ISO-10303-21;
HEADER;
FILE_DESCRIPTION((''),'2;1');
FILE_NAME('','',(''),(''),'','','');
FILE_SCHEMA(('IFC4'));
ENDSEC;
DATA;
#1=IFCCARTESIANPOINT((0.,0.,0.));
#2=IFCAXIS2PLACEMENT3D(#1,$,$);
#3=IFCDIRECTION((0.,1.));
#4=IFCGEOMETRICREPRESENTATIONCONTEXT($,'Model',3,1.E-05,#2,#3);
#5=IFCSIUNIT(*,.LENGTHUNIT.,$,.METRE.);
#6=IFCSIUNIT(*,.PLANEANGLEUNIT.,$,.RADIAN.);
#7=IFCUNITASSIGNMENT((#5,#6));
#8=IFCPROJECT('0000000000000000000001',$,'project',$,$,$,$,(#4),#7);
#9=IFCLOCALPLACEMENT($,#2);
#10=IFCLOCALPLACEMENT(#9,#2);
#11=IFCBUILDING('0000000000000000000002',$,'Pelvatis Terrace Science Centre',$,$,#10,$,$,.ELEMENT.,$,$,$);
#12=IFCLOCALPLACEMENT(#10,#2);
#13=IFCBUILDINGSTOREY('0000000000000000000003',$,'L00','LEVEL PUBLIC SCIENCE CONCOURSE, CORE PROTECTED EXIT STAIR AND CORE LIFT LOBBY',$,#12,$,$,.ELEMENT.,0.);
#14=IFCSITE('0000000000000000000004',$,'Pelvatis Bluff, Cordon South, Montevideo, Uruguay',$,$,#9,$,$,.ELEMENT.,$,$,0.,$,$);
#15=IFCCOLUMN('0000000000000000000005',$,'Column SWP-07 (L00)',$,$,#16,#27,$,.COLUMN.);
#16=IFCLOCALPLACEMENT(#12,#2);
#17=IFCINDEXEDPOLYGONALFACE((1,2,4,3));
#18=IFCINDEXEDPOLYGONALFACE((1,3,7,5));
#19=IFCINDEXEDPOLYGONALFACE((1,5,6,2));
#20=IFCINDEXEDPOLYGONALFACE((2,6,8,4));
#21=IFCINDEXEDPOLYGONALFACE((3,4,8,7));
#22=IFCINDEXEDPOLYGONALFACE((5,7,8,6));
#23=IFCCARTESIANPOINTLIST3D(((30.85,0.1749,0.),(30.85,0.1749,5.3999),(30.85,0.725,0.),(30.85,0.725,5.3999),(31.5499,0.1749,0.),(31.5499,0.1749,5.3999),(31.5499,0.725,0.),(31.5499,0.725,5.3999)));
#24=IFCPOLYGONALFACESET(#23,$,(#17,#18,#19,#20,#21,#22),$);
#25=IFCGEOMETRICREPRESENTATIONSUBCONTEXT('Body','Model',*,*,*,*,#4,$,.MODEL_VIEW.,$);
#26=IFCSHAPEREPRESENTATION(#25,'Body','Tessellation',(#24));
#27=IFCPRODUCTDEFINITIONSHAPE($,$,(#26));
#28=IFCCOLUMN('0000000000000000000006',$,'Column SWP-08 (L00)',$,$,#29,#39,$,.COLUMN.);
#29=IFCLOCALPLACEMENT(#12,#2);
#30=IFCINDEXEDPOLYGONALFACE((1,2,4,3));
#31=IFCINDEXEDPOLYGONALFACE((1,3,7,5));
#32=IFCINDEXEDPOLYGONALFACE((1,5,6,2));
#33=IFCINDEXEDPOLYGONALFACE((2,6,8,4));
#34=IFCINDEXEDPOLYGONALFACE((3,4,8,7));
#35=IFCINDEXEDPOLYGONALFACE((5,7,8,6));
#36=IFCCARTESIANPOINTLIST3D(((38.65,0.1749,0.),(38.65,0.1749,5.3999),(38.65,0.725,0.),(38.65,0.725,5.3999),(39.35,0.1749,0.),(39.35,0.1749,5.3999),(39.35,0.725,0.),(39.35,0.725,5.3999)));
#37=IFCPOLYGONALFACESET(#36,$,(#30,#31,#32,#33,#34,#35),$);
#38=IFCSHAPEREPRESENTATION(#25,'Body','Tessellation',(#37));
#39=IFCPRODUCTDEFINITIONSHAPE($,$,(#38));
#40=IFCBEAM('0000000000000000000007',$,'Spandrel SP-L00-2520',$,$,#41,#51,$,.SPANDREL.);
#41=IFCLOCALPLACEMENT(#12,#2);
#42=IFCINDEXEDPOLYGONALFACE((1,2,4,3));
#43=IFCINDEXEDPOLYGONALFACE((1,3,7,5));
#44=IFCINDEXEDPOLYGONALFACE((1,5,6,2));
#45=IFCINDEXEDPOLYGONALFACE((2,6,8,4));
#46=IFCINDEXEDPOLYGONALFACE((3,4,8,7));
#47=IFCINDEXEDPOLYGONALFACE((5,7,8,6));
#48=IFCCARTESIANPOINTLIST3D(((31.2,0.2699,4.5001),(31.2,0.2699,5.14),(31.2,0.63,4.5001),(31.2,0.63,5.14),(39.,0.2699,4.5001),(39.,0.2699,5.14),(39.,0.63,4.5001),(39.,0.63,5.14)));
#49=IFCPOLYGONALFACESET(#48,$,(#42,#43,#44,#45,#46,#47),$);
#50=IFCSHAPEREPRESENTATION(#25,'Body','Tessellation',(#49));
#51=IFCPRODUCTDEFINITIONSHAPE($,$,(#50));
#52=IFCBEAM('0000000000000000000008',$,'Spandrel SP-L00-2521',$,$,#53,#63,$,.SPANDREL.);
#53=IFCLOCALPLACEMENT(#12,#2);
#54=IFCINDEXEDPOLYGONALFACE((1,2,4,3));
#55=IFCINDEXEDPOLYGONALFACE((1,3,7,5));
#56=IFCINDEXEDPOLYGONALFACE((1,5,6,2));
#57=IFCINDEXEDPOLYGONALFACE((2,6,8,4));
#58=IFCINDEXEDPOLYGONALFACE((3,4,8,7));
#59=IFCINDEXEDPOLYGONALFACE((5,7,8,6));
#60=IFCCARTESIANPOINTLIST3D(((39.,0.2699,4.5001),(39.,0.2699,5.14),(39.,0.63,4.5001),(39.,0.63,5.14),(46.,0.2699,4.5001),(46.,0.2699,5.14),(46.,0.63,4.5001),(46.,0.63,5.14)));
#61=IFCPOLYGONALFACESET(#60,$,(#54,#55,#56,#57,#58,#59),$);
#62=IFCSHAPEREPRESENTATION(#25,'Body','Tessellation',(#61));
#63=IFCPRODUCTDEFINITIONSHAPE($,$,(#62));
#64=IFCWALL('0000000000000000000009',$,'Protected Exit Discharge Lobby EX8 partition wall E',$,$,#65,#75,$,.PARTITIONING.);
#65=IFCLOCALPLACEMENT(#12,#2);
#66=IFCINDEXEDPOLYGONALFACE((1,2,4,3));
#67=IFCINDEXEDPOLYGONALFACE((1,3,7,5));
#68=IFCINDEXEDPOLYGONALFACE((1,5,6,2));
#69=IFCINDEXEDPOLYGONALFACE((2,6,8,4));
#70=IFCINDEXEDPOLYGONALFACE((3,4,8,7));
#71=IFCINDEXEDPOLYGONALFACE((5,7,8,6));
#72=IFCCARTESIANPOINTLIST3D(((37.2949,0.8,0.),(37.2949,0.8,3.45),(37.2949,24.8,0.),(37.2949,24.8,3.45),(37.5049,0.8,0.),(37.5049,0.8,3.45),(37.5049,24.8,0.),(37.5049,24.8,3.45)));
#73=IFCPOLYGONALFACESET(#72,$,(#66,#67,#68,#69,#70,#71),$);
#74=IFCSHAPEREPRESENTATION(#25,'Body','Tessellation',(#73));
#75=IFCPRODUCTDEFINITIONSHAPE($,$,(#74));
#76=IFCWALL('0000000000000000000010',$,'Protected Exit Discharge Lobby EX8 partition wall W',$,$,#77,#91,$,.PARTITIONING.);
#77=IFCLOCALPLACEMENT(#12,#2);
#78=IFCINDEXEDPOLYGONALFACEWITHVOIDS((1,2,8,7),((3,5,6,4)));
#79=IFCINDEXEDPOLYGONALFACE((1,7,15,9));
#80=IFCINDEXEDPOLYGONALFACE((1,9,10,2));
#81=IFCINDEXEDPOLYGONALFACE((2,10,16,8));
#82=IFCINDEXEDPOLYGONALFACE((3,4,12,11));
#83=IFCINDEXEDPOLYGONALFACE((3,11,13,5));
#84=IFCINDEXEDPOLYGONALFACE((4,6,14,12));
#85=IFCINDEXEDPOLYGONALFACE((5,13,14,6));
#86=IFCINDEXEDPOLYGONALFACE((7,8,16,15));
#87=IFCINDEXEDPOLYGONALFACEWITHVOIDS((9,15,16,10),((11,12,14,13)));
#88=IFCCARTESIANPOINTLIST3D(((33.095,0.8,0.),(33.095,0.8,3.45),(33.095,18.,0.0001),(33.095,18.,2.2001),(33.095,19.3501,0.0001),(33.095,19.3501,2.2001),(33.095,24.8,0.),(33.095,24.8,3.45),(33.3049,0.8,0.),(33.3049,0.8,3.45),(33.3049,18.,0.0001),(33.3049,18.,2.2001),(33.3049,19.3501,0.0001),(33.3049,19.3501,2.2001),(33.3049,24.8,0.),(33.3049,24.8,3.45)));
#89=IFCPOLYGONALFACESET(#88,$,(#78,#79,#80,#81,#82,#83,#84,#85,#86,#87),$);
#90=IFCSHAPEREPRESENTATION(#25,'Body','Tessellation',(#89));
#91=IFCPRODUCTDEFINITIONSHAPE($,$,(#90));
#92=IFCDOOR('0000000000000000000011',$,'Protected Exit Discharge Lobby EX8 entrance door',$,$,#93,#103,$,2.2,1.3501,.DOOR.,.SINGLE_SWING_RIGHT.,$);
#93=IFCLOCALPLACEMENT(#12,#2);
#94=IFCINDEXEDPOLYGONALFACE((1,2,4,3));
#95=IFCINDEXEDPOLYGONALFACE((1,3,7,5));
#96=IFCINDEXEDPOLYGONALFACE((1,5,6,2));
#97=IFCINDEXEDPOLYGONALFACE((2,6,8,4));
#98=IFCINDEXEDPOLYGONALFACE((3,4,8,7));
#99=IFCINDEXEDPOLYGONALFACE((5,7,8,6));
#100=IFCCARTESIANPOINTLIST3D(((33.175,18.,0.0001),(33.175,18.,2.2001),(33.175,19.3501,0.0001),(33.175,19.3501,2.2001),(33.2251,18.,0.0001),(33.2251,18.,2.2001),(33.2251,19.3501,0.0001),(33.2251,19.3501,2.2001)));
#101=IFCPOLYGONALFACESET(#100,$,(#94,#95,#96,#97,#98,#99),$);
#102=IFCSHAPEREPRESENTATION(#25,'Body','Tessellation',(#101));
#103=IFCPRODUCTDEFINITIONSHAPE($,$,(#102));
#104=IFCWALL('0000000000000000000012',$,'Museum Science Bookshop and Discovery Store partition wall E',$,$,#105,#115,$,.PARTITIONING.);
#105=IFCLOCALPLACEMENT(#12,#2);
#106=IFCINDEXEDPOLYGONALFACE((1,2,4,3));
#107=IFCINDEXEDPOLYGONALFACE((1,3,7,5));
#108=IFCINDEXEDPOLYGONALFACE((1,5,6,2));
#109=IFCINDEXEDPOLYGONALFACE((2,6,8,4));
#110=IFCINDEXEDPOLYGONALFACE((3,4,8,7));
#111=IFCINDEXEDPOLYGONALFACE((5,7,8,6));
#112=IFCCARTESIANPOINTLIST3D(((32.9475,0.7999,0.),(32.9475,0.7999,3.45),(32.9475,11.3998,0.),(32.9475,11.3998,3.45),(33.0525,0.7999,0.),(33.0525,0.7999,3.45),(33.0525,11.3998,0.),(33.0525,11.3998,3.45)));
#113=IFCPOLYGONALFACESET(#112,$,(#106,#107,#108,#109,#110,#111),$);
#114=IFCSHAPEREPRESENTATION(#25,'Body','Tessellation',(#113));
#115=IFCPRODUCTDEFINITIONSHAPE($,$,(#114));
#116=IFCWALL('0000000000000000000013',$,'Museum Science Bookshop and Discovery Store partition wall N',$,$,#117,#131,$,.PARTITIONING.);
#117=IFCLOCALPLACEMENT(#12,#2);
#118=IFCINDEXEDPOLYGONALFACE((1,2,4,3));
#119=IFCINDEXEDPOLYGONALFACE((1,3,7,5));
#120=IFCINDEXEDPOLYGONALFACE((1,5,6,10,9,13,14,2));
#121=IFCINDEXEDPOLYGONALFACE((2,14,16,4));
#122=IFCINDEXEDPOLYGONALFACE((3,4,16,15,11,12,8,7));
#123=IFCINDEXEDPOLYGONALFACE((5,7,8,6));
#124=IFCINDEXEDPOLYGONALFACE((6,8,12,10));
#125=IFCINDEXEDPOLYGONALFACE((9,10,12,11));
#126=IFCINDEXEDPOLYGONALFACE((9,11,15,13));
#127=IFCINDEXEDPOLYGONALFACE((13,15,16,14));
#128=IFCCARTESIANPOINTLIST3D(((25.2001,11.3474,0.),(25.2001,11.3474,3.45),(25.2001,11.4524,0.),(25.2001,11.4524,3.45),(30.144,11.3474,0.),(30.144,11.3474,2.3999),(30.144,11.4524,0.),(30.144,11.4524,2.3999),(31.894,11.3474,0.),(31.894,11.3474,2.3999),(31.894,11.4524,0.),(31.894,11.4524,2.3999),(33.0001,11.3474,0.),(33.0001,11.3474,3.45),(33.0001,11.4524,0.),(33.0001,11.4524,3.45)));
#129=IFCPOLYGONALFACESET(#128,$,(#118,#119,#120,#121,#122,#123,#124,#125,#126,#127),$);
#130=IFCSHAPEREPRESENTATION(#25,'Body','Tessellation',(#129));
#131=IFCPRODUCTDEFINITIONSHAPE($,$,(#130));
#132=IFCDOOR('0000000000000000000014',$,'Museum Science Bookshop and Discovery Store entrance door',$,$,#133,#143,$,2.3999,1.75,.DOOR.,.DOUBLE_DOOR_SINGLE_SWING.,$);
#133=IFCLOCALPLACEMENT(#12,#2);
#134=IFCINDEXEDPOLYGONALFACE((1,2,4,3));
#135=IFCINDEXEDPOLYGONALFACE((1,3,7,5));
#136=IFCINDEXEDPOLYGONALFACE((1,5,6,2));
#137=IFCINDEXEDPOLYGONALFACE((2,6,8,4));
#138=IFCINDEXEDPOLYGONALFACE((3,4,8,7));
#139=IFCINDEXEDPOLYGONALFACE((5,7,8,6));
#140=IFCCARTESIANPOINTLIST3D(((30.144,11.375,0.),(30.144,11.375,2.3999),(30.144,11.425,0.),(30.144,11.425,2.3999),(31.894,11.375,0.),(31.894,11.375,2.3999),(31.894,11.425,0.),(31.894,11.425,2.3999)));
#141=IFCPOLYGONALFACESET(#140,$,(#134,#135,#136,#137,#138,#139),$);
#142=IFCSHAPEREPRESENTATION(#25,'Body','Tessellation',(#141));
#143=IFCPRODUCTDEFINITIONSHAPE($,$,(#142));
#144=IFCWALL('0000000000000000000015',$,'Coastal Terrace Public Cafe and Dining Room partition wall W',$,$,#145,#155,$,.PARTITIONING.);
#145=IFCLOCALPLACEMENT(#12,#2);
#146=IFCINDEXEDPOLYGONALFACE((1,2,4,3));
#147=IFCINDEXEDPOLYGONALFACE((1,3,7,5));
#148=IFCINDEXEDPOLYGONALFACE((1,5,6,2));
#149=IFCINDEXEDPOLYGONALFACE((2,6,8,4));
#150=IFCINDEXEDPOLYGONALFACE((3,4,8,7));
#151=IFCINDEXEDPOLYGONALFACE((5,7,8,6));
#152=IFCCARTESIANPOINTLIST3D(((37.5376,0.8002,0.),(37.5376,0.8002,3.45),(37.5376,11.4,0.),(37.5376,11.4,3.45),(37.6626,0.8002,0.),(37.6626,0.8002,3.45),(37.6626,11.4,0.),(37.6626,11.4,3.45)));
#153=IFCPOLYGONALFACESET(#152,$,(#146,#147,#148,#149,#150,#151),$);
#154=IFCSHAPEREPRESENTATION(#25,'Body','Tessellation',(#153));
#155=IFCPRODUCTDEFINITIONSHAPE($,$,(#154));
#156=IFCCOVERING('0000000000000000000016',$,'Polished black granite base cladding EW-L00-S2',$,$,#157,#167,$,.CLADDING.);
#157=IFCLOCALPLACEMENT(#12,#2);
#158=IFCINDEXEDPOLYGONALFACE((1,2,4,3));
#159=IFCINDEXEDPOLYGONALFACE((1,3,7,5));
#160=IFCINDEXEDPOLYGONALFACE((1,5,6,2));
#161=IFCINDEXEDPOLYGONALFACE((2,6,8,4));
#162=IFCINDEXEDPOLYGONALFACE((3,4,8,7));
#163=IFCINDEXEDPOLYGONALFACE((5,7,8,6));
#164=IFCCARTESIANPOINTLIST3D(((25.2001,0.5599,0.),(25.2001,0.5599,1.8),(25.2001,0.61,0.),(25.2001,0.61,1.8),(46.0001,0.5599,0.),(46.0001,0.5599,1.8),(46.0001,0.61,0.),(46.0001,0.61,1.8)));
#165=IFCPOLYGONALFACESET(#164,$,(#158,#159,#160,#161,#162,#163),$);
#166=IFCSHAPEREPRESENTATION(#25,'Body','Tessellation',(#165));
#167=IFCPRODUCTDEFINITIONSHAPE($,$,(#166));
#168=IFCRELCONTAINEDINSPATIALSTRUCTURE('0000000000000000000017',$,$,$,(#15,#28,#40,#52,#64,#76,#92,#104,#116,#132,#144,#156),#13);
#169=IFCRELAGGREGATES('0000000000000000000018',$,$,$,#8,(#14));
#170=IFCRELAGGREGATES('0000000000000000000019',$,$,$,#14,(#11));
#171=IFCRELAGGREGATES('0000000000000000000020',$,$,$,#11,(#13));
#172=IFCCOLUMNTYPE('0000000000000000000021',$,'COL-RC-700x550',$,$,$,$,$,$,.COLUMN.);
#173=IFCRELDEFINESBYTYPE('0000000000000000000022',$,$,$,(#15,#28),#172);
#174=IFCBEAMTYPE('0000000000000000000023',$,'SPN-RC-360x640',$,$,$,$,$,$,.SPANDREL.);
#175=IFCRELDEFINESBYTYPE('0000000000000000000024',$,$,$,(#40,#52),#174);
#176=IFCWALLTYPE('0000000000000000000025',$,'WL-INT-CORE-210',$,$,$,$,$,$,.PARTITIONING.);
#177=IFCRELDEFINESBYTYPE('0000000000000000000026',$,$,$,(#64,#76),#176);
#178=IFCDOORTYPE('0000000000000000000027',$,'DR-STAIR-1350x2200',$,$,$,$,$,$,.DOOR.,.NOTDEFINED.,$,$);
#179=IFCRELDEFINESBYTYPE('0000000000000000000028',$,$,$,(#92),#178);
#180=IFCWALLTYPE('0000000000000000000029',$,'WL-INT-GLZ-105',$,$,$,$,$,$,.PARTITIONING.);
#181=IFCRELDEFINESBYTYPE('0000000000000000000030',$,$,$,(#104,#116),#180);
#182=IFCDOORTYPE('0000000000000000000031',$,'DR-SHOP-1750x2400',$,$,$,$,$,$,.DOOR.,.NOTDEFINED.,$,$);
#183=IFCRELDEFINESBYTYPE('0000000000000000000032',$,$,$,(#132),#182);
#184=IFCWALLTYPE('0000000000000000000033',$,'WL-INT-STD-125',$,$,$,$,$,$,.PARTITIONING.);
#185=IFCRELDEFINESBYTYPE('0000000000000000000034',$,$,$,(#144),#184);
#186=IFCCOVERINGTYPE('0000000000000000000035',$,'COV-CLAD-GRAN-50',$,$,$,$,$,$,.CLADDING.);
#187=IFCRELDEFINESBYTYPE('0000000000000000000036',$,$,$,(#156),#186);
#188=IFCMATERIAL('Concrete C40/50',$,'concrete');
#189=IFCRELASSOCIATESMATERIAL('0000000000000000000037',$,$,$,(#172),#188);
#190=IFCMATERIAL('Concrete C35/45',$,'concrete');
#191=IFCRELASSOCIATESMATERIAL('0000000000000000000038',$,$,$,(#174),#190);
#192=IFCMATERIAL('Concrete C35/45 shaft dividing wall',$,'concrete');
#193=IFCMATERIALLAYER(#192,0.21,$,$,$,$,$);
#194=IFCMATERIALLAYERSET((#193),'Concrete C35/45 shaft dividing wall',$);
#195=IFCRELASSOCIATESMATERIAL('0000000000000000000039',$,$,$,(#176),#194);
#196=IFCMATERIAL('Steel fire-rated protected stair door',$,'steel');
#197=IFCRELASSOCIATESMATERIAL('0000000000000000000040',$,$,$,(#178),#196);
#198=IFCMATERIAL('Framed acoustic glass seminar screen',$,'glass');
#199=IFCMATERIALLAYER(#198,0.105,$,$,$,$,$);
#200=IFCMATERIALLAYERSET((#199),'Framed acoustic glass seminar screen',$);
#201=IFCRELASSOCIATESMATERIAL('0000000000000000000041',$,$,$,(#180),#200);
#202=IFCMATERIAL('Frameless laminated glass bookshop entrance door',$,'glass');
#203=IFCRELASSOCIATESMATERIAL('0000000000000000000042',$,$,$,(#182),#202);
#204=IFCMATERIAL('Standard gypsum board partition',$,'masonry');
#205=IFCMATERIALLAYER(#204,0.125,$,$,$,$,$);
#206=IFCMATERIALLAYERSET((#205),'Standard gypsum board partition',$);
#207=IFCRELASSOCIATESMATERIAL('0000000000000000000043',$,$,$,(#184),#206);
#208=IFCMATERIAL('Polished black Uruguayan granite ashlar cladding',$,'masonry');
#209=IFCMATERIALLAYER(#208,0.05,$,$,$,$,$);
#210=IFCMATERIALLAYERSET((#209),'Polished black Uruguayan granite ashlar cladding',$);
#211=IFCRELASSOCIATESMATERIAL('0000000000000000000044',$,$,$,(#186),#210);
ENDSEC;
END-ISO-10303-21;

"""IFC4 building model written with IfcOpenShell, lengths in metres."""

from ifc_helpers import new_model, si_unit, direction, frame, frame_2d, origin, origin_2d, place, context, subcontext, project, spatial, rectangle, extrude, material, layer, layer_set, material_profile, profile_set, type_object, element, fill, save


model = new_model("IFC4")

# Units and contexts
model_context = context("Model", 3, precision=1e-05, world=origin(), true_north=direction((0.0, 1.0)))
body_context = subcontext(model_context, "Body", "Model", "MODEL_VIEW")
ifc_project = project(units=[si_unit("LENGTHUNIT", "METRE"), si_unit("PLANEANGLEUNIT", "RADIAN")], contexts=[model_context])

# Site, building, storey
site_placement = place(None, origin())
site = spatial("IfcSite", under=ifc_project, at=site_placement, Name="Pelvatis Bluff, Cordon South, Montevideo, Uruguay", CompositionType="ELEMENT", RefElevation=0.0)
building_placement = place(site_placement, origin())
building = spatial("IfcBuilding", under=site, at=building_placement, Name="Pelvatis Terrace Science Centre", CompositionType="ELEMENT")
storey_placement = place(building_placement, origin())
storey = spatial("IfcBuildingStorey", under=building, at=storey_placement, Name="L00", Description="LEVEL PUBLIC SCIENCE CONCOURSE, CORE PROTECTED EXIT STAIR AND CORE LIFT LOBBY", CompositionType="ELEMENT", Elevation=0.0)

# Columns
ifc_material_1 = material(Name="Concrete C40/50", Category="concrete")
ifc_material_profile_1 = material_profile(ifc_material_1, rectangle(XDim=0.7, YDim=0.55, at=origin_2d()), Name="RC-COL 700x550")
ifc_profile_set_1 = profile_set([ifc_material_profile_1], Name="Concrete C40/50")
column_type = type_object("IfcColumnType", Name="COL-RC-700x550", PredefinedType="COLUMN", material=ifc_profile_set_1)
for number, where, z_axis, x_axis, name in (
    (1, (31.2, 0.45, 0.0), (0.0, 0.0, 1.0), (1.0, 0.0, 0.0), "Column SWP-07 (L00)"),
    (2, (39.0, 0.45, 0.0), (0.0, 0.0, 1.0), (1.0, 0.0, 0.0), "Column SWP-08 (L00)"),
):
    element("IfcColumn", number, at=place(storey_placement, frame(where, z_axis=z_axis, x_axis=x_axis)), inside=storey, type_object=column_type, Name=name, PredefinedType="COLUMN", context=body_context, shape_type="SweptSolid", body=[
        extrude(rectangle(XDim=0.7, YDim=0.55, at=origin_2d()), origin(), (0.0, 0.0, 1.0), 5.3999),
    ])

# Beams
ifc_material_2 = material(Name="Concrete C35/45", Category="concrete")
ifc_material_profile_2 = material_profile(ifc_material_2, rectangle(XDim=0.3601, YDim=0.6399, at=origin_2d()), Name="RC-SPN 360x640")
ifc_profile_set_2 = profile_set([ifc_material_profile_2], Name="Concrete C35/45")
beam_type = type_object("IfcBeamType", Name="SPN-RC-360x640", PredefinedType="SPANDREL", material=ifc_profile_set_2)
beam_1_placement = place(storey_placement, frame((31.2, 0.45, 4.8201), z_axis=(1.0, 0.0, 0.0), x_axis=(0.0, 1.0, 0.0)))
element("IfcBeam", 3, at=beam_1_placement, inside=storey, type_object=beam_type, Name="Spandrel SP-L00-2520", PredefinedType="SPANDREL", context=body_context, shape_type="SweptSolid", body=[
    extrude(rectangle(XDim=0.3601, YDim=0.6399, at=origin_2d()), origin(), (0.0, 0.0, 1.0), 7.8),
])
beam_2_placement = place(storey_placement, frame((39.0, 0.45, 4.8201), z_axis=(1.0, 0.0, 0.0), x_axis=(0.0, 1.0, 0.0)))
element("IfcBeam", 4, at=beam_2_placement, inside=storey, type_object=beam_type, Name="Spandrel SP-L00-2521", PredefinedType="SPANDREL", context=body_context, shape_type="SweptSolid", body=[
    extrude(rectangle(XDim=0.3601, YDim=0.6399, at=origin_2d()), origin(), (0.0, 0.0, 1.0), 7.0),
])

# Wall
ifc_material_3 = material(Name="Concrete C35/45 shaft dividing wall", Category="concrete")
ifc_layer_1 = layer(ifc_material_3, 0.21)
ifc_layer_set_1 = layer_set([ifc_layer_1], Name="Concrete C35/45 shaft dividing wall")
wall_type_1 = type_object("IfcWallType", Name="WL-INT-CORE-210", PredefinedType="PARTITIONING", material=ifc_layer_set_1)
wall_1_placement = place(storey_placement, frame((37.3999, 0.8, 0.0), z_axis=(0.0, 0.0, 1.0), x_axis=(0.0, 1.0, 0.0)))
element("IfcWall", 5, at=wall_1_placement, inside=storey, type_object=wall_type_1, Name="Protected Exit Discharge Lobby EX8 partition wall E", PredefinedType="PARTITIONING", context=body_context, shape_type="SweptSolid", body=[
    extrude(rectangle(XDim=24.0, YDim=0.21, at=frame_2d((12.0, 0.0))), origin(), (0.0, 0.0, 1.0), 3.45),
])

# Wall, opening, door
wall_2_placement = place(storey_placement, frame((33.2, 0.8, 0.0), z_axis=(0.0, 0.0, 1.0), x_axis=(0.0, 1.0, 0.0)))
wall_2 = element("IfcWall", 6, at=wall_2_placement, inside=storey, type_object=wall_type_1, Name="Protected Exit Discharge Lobby EX8 partition wall W", PredefinedType="PARTITIONING", context=body_context, shape_type="SweptSolid", body=[
    extrude(rectangle(XDim=24.0, YDim=0.21, at=frame_2d((12.0, 0.0))), origin(), (0.0, 0.0, 1.0), 3.45),
])
opening_1_placement = place(wall_2_placement, frame((17.2, 0.0, 0.0)))
opening_1 = element("IfcOpeningElement", 7, at=opening_1_placement, cuts=wall_2, PredefinedType="OPENING", context=body_context, shape_type="SweptSolid", body=[
    extrude(rectangle(XDim=1.3501, YDim=2.2, at=frame_2d((0.675, 1.1001))), frame((0.0, 0.115, 0.0), z_axis=(0.0, -1.0, 0.0), x_axis=(1.0, 0.0, 0.0)), (0.0, 0.0, 1.0), 0.23),
])
ifc_material_4 = material(Name="Steel fire-rated protected stair door", Category="steel")
door_type_1 = type_object("IfcDoorType", Name="DR-STAIR-1350x2200", OperationType="NOTDEFINED", PredefinedType="DOOR", material=ifc_material_4)
door_1_placement = place(opening_1_placement, origin())
door_1 = element("IfcDoor", 8, at=door_1_placement, inside=storey, type_object=door_type_1, Name="Protected Exit Discharge Lobby EX8 entrance door", OperationType="SINGLE_SWING_RIGHT", OverallHeight=2.2, OverallWidth=1.3501, PredefinedType="DOOR", context=body_context, shape_type="SweptSolid", body=[
    extrude(rectangle(XDim=1.3501, YDim=2.2, at=frame_2d((0.675, 1.1001))), frame((0.0, 0.0249, 0.0), z_axis=(0.0, -1.0, 0.0), x_axis=(1.0, 0.0, 0.0)), (0.0, 0.0, 1.0), 0.05),
])
fill(opening_1, door_1)

# Wall
ifc_material_5 = material(Name="Framed acoustic glass seminar screen", Category="glass")
ifc_layer_2 = layer(ifc_material_5, 0.105)
ifc_layer_set_2 = layer_set([ifc_layer_2], Name="Framed acoustic glass seminar screen")
wall_type_2 = type_object("IfcWallType", Name="WL-INT-GLZ-105", PredefinedType="PARTITIONING", material=ifc_layer_set_2)
wall_3_placement = place(storey_placement, frame((33.0, 0.8, 0.0), z_axis=(0.0, 0.0, 1.0), x_axis=(0.0, 1.0, 0.0)))
element("IfcWall", 9, at=wall_3_placement, inside=storey, type_object=wall_type_2, Name="Museum Science Bookshop and Discovery Store partition wall E", PredefinedType="PARTITIONING", context=body_context, shape_type="SweptSolid", body=[
    extrude(rectangle(XDim=10.5999, YDim=0.105, at=frame_2d((5.2998, 0.0))), origin(), (0.0, 0.0, 1.0), 3.45),
])

# Wall, opening, door
wall_4_placement = place(storey_placement, frame((33.0, 11.3999, 0.0), z_axis=(0.0, 0.0, 1.0), x_axis=(-1.0, 0.0, 0.0)))
wall_4 = element("IfcWall", 10, at=wall_4_placement, inside=storey, type_object=wall_type_2, Name="Museum Science Bookshop and Discovery Store partition wall N", PredefinedType="PARTITIONING", context=body_context, shape_type="SweptSolid", body=[
    extrude(rectangle(XDim=7.8, YDim=0.105, at=frame_2d((3.8999, 0.0))), origin(), (0.0, 0.0, 1.0), 3.45),
])
opening_2_placement = place(wall_4_placement, frame((1.106, 0.0, 0.0)))
opening_2 = element("IfcOpeningElement", 11, at=opening_2_placement, cuts=wall_4, PredefinedType="OPENING", context=body_context, shape_type="SweptSolid", body=[
    extrude(rectangle(XDim=1.75, YDim=2.3999, at=frame_2d((0.875, 1.2))), frame((0.0, 0.0625, 0.0), z_axis=(0.0, -1.0, 0.0), x_axis=(1.0, 0.0, 0.0)), (0.0, 0.0, 1.0), 0.125),
])
ifc_material_6 = material(Name="Frameless laminated glass bookshop entrance door", Category="glass")
door_type_2 = type_object("IfcDoorType", Name="DR-SHOP-1750x2400", OperationType="NOTDEFINED", PredefinedType="DOOR", material=ifc_material_6)
door_2_placement = place(opening_2_placement, origin())
door_2 = element("IfcDoor", 12, at=door_2_placement, inside=storey, type_object=door_type_2, Name="Museum Science Bookshop and Discovery Store entrance door", OperationType="DOUBLE_DOOR_SINGLE_SWING", OverallHeight=2.3999, OverallWidth=1.75, PredefinedType="DOOR", context=body_context, shape_type="SweptSolid", body=[
    extrude(rectangle(XDim=1.75, YDim=2.3999, at=frame_2d((0.875, 1.2))), frame((0.0, 0.0249, 0.0), z_axis=(0.0, -1.0, 0.0), x_axis=(1.0, 0.0, 0.0)), (0.0, 0.0, 1.0), 0.05),
])
fill(opening_2, door_2)

# Wall
ifc_material_7 = material(Name="Standard gypsum board partition", Category="masonry")
ifc_layer_3 = layer(ifc_material_7, 0.125)
ifc_layer_set_3 = layer_set([ifc_layer_3], Name="Standard gypsum board partition")
wall_type_3 = type_object("IfcWallType", Name="WL-INT-STD-125", PredefinedType="PARTITIONING", material=ifc_layer_set_3)
wall_5_placement = place(storey_placement, frame((37.6001, 11.3999, 0.0), z_axis=(0.0, 0.0, 1.0), x_axis=(0.0, -1.0, 0.0)))
element("IfcWall", 13, at=wall_5_placement, inside=storey, type_object=wall_type_3, Name="Coastal Terrace Public Cafe and Dining Room partition wall W", PredefinedType="PARTITIONING", context=body_context, shape_type="SweptSolid", body=[
    extrude(rectangle(XDim=10.5999, YDim=0.125, at=frame_2d((5.2998, 0.0))), origin(), (0.0, 0.0, 1.0), 3.45),
])

# Covering
ifc_material_8 = material(Name="Polished black Uruguayan granite ashlar cladding", Category="masonry")
ifc_layer_4 = layer(ifc_material_8, 0.05)
ifc_layer_set_4 = layer_set([ifc_layer_4], Name="Polished black Uruguayan granite ashlar cladding")
covering_type = type_object("IfcCoveringType", Name="COV-CLAD-GRAN-50", PredefinedType="CLADDING", material=ifc_layer_set_4)
covering_placement = place(storey_placement, frame((35.6001, 0.585, 0.0), z_axis=(0.0, 0.0, 1.0), x_axis=(1.0, 0.0, 0.0)))
element("IfcCovering", 14, at=covering_placement, inside=storey, type_object=covering_type, Name="Polished black granite base cladding EW-L00-S2", PredefinedType="CLADDING", context=body_context, shape_type="SweptSolid", body=[
    extrude(rectangle(XDim=20.8, YDim=0.05, at=origin_2d()), origin(), (0.0, 0.0, 1.0), 1.8),
])

save(model, "model.ifc")
